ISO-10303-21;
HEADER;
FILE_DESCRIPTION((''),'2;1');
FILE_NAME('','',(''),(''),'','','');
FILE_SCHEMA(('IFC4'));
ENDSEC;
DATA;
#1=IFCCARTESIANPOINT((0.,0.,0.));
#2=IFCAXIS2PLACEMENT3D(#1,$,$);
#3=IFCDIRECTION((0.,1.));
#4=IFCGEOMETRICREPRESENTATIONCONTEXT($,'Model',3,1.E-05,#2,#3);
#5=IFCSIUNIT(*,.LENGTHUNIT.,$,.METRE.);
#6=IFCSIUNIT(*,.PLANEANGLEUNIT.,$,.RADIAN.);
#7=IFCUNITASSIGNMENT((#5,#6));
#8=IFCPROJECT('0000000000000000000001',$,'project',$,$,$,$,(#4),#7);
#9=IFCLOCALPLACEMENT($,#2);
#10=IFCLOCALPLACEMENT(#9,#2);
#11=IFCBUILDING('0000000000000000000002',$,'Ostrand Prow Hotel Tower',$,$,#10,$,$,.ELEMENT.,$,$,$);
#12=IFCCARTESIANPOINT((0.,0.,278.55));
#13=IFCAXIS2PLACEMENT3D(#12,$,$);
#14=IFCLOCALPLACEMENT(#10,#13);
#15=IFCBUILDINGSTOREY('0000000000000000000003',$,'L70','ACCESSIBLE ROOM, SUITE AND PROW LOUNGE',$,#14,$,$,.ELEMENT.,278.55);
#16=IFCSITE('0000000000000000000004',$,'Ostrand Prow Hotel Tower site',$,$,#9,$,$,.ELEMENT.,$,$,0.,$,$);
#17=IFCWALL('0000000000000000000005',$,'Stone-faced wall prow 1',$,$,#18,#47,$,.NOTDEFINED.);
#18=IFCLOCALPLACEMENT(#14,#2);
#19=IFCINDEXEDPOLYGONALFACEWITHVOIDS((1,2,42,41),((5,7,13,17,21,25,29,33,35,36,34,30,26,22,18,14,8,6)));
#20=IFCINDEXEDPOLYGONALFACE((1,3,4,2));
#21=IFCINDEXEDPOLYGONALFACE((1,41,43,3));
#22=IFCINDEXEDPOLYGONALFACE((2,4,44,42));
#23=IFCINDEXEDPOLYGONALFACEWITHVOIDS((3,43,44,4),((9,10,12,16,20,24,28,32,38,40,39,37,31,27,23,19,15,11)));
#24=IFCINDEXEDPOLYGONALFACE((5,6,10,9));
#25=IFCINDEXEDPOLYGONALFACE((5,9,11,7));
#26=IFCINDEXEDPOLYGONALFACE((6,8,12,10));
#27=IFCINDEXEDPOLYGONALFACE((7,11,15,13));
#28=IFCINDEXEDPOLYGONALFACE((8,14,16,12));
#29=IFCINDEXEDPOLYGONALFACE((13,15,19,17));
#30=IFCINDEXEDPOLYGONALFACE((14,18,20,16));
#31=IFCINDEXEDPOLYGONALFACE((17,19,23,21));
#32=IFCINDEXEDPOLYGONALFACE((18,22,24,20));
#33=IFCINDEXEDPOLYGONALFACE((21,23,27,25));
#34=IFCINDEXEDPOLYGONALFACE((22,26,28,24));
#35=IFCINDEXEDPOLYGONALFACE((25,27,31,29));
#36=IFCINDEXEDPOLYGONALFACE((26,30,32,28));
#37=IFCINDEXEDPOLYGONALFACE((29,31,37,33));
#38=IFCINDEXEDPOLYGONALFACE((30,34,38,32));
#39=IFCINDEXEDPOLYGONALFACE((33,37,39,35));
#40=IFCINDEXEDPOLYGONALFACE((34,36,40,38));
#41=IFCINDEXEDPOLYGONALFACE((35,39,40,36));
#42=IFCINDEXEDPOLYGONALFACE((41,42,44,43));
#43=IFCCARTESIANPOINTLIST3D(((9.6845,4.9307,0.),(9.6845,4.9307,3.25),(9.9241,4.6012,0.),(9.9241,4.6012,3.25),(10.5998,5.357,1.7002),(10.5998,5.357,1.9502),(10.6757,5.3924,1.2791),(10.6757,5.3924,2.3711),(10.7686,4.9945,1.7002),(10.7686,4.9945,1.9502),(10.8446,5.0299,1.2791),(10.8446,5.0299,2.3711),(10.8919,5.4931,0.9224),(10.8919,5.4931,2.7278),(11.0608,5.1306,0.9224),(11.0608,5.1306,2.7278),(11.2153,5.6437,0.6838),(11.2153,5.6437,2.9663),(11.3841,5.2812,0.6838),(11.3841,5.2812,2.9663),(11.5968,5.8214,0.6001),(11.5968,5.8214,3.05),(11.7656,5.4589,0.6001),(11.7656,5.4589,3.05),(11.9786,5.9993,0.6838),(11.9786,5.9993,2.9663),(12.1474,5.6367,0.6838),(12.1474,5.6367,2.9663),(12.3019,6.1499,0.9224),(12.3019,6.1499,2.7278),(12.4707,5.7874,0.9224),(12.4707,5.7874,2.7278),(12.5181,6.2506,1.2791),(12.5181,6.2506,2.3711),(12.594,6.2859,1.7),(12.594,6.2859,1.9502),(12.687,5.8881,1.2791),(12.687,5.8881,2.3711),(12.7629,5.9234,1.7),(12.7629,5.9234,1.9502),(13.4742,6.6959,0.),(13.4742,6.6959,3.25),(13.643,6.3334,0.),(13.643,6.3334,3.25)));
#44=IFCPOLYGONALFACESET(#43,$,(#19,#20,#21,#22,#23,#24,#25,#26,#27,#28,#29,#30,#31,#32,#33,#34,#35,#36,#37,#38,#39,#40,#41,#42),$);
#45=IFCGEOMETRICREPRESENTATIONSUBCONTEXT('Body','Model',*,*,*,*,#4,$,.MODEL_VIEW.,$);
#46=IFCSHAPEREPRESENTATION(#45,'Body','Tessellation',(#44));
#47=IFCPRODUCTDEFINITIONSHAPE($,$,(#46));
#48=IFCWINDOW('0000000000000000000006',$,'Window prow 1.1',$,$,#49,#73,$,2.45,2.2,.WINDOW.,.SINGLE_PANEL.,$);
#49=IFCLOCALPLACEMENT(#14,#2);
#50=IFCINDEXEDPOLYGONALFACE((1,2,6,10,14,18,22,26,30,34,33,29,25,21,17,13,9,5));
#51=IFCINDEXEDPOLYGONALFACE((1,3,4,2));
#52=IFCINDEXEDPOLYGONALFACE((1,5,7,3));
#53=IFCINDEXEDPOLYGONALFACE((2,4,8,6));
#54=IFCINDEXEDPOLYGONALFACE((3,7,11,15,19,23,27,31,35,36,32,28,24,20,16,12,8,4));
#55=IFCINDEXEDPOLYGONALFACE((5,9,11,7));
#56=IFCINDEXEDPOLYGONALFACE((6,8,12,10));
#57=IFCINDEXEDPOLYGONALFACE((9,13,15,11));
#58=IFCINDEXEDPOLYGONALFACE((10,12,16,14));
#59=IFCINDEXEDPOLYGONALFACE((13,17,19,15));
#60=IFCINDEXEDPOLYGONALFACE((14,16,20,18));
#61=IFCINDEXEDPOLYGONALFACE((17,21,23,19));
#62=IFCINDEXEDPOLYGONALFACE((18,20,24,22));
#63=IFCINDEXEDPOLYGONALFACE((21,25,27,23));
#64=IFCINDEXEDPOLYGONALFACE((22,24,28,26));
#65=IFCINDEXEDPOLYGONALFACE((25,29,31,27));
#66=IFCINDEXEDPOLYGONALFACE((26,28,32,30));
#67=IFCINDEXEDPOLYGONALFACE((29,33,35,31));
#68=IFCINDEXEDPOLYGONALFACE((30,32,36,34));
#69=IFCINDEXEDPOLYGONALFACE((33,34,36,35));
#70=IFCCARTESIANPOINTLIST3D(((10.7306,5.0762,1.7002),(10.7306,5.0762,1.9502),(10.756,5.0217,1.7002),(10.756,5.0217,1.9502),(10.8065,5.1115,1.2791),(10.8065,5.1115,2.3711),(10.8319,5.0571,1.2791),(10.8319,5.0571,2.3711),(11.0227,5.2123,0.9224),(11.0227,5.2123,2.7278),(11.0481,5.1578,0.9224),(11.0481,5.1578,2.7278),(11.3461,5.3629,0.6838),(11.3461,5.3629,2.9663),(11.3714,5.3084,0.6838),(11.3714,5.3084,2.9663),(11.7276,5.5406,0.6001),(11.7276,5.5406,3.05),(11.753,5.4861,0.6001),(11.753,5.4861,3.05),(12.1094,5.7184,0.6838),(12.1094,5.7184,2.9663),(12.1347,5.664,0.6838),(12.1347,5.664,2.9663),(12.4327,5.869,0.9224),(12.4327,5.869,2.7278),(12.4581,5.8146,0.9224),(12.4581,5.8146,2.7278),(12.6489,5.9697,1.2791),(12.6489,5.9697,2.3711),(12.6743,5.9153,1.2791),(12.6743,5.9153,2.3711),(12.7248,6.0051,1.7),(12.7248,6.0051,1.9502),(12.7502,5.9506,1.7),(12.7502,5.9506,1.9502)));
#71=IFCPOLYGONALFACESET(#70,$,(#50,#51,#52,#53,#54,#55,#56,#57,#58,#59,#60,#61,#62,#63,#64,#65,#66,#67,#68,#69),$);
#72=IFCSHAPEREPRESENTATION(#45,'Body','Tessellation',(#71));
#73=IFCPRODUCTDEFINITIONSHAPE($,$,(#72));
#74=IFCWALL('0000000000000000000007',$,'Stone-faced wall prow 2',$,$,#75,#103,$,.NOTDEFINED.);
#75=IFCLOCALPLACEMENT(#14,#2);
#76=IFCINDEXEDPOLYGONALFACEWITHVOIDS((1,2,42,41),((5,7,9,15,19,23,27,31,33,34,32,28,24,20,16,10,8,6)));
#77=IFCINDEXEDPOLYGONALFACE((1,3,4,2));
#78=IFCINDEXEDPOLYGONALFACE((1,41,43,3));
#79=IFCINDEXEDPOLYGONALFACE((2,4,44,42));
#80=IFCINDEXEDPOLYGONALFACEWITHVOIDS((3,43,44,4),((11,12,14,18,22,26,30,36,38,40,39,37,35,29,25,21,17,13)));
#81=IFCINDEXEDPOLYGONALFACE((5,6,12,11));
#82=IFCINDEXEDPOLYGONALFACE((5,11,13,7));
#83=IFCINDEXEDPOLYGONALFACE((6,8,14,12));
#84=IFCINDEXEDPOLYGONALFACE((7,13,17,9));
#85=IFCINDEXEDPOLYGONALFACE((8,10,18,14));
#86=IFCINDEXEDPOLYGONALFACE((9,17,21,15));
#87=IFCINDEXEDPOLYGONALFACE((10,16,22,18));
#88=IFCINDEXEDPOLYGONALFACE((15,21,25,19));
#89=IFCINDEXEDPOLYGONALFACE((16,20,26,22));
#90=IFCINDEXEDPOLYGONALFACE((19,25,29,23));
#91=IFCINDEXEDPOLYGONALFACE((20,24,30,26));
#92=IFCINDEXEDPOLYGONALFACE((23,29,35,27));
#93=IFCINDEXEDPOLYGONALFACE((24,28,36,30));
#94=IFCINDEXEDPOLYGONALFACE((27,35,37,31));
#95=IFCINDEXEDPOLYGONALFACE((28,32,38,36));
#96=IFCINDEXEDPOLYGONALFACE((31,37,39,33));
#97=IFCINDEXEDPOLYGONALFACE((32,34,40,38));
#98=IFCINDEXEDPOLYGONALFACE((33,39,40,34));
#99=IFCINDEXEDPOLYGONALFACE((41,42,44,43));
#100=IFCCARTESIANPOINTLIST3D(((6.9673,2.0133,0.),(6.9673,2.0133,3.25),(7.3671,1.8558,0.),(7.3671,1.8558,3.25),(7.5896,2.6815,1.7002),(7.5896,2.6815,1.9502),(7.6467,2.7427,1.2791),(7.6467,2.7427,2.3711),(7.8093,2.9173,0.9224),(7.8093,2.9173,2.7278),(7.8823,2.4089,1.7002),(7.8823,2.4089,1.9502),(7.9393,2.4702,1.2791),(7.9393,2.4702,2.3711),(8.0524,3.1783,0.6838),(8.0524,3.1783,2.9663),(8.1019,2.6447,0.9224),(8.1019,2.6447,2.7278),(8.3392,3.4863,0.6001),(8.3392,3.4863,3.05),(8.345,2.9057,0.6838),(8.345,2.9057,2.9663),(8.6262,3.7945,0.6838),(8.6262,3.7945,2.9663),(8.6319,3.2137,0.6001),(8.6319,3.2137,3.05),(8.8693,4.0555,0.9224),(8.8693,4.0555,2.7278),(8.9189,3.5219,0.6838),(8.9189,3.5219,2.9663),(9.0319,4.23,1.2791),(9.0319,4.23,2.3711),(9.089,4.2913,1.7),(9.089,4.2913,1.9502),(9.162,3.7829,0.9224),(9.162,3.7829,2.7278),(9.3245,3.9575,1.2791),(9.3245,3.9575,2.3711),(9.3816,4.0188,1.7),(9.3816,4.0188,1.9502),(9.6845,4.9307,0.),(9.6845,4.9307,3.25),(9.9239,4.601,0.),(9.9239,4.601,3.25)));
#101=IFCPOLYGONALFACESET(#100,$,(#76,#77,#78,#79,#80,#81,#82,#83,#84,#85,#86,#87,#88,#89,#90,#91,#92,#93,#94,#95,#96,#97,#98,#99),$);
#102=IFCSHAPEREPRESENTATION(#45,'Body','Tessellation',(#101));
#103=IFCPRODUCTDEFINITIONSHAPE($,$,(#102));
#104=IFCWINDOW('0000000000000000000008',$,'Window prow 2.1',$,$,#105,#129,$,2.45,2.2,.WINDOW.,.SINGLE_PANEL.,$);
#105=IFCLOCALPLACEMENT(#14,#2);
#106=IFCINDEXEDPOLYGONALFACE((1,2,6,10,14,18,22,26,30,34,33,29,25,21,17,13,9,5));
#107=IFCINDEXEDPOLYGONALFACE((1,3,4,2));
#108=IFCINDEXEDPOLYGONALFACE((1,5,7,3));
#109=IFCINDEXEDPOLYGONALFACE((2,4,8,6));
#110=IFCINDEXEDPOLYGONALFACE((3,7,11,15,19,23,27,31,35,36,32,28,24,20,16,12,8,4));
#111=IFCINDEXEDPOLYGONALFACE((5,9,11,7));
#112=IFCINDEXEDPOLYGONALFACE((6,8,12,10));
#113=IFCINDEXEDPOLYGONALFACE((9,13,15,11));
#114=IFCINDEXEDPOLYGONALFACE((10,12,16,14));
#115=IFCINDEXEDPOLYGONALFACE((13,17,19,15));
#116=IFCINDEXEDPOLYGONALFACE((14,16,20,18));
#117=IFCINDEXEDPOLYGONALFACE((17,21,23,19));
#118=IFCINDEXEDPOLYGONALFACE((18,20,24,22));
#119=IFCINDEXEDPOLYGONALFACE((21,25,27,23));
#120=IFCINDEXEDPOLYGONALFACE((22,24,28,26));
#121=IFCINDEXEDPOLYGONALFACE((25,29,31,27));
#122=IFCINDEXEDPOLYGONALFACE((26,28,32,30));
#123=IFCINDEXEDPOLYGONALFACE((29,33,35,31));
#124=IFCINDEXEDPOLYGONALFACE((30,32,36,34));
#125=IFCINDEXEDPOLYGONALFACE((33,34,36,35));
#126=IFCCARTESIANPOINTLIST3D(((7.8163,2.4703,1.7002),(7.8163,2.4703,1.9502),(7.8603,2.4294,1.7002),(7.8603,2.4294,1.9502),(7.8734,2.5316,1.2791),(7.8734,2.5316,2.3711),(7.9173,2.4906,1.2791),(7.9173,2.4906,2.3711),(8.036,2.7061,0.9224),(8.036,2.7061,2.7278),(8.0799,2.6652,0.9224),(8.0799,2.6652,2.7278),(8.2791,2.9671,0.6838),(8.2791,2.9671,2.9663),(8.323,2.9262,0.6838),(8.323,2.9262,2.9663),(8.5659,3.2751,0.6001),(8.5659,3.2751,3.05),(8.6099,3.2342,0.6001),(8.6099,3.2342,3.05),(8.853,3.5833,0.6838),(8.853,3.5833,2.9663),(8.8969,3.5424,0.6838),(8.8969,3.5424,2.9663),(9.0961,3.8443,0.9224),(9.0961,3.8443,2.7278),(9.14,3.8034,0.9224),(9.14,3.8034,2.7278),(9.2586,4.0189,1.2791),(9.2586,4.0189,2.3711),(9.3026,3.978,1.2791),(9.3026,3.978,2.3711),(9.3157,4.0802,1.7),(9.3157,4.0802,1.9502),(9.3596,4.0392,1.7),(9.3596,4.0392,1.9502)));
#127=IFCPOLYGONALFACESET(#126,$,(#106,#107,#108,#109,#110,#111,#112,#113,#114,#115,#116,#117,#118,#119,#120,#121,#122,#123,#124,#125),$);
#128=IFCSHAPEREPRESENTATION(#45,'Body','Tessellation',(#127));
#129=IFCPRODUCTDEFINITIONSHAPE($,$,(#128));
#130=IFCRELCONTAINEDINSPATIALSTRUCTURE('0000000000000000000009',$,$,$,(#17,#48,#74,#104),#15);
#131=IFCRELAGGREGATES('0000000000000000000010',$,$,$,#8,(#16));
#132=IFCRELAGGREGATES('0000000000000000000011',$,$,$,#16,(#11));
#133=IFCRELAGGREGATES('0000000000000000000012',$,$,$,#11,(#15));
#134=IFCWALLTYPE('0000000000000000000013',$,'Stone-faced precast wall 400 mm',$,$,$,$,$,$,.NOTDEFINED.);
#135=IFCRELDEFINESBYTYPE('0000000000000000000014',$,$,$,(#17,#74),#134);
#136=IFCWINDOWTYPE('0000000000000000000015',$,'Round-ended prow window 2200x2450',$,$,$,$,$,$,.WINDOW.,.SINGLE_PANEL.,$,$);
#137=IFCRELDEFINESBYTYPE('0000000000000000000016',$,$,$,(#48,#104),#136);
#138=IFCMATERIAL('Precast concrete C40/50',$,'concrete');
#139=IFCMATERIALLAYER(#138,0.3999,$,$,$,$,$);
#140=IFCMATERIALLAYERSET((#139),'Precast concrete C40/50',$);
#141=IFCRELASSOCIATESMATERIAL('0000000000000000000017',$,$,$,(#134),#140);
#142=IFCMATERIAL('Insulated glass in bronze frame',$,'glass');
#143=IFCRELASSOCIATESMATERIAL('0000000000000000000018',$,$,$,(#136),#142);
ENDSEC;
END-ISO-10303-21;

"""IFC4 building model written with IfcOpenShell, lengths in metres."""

from ifc_helpers import new_model, si_unit, direction, frame, origin, place, context, subcontext, project, spatial, polyline, outline, extrude, material, layer, layer_set, type_object, element, fill, save


model = new_model("IFC4")

# Units and contexts
model_context = context("Model", 3, precision=1e-05, world=origin(), true_north=direction((0.0, 1.0)))
body_context = subcontext(model_context, "Body", "Model", "MODEL_VIEW")
ifc_project = project(units=[si_unit("LENGTHUNIT", "METRE"), si_unit("PLANEANGLEUNIT", "RADIAN")], contexts=[model_context])

# Site, building, storey
site_placement = place(None, origin())
site = spatial("IfcSite", under=ifc_project, at=site_placement, Name="Ostrand Prow Hotel Tower site", CompositionType="ELEMENT", RefElevation=0.0)
building_placement = place(site_placement, origin())
building = spatial("IfcBuilding", under=site, at=building_placement, Name="Ostrand Prow Hotel Tower", CompositionType="ELEMENT")
storey_placement = place(building_placement, frame((0.0, 0.0, 278.55)))
storey = spatial("IfcBuildingStorey", under=building, at=storey_placement, Name="L70", Description="ACCESSIBLE ROOM, SUITE AND PROW LOUNGE", CompositionType="ELEMENT", Elevation=278.55)

# Walls, openings, windows
ifc_material_1 = material(Name="Precast concrete C40/50", Category="concrete")
ifc_layer_1 = layer(ifc_material_1, 0.3999)
ifc_layer_set_1 = layer_set([ifc_layer_1], Name="Precast concrete C40/50")
wall_type_1 = type_object("IfcWallType", Name="Stone-faced precast wall 400 mm", PredefinedType="NOTDEFINED", material=ifc_layer_set_1)
wall_1_placement = place(storey_placement, frame((13.5586, 6.5146, 0.0), z_axis=(0.0, 0.0, 1.0), x_axis=(-0.906486, -0.422237, 0.0)))
wall_1 = element("IfcWall", 1, at=wall_1_placement, inside=storey, type_object=wall_type_1, Name="Stone-faced wall prow 1", PredefinedType="NOTDEFINED", context=body_context, shape_type="SweptSolid", body=[
    extrude(outline(polyline([(0.0, -0.2), (4.1807, -0.2), (4.1025, 0.2), (0.0, 0.2), (0.0, -0.2)])), origin(), (0.0, 0.0, 1.0), 3.25),
])
opening_1_placement = place(wall_1_placement, frame((0.9709, 0.0, 0.6001)))
opening_1 = element("IfcOpeningElement", 2, at=opening_1_placement, cuts=wall_1, PredefinedType="OPENING", context=body_context, shape_type="SweptSolid", body=[
    extrude(outline(polyline([(0.0, 1.3501), (0.0837, 1.771), (0.3223, 2.1277), (0.679, 2.3662), (1.1001, 2.45), (1.521, 2.3662), (1.8777, 2.1277), (2.1162, 1.771), (2.2, 1.3501), (2.2, 1.1001), (2.1162, 0.679), (1.8777, 0.3223), (1.521, 0.0837), (1.1001, 0.0), (0.679, 0.0837), (0.3223, 0.3223), (0.0837, 0.679), (0.0, 1.0999), (0.0, 1.3501)])), frame((0.0, 0.21, 0.0), z_axis=(0.0, -1.0, 0.0), x_axis=(1.0, 0.0, 0.0)), (0.0, 0.0, 1.0), 0.4199),
])
ifc_material_2 = material(Name="Insulated glass in bronze frame", Category="glass")
window_type = type_object("IfcWindowType", Name="Round-ended prow window 2200x2450", PartitioningType="SINGLE_PANEL", PredefinedType="WINDOW", material=ifc_material_2)
window_1_placement = place(opening_1_placement, origin())
window_1 = element("IfcWindow", 3, at=window_1_placement, inside=storey, type_object=window_type, Name="Window prow 1.1", OverallHeight=2.45, OverallWidth=2.2, PartitioningType="SINGLE_PANEL", PredefinedType="WINDOW", context=body_context, shape_type="SweptSolid", body=[
    extrude(outline(polyline([(0.0, 1.3501), (0.0837, 1.771), (0.3223, 2.1277), (0.679, 2.3662), (1.1001, 2.45), (1.521, 2.3662), (1.8777, 2.1277), (2.1162, 1.771), (2.2, 1.3501), (2.2, 1.1001), (2.1162, 0.679), (1.8777, 0.3223), (1.521, 0.0837), (1.1001, 0.0), (0.679, 0.0837), (0.3223, 0.3223), (0.0837, 0.679), (0.0, 1.0999), (0.0, 1.3501)])), frame((0.0, 0.1699, 0.0), z_axis=(0.0, -1.0, 0.0), x_axis=(1.0, 0.0, 0.0)), (0.0, 0.0, 1.0), 0.0601),
])
fill(opening_1, window_1)
wall_2_placement = place(storey_placement, frame((9.8042, 4.7659, 0.0), z_axis=(0.0, 0.0, 1.0), x_axis=(-0.681547, -0.731775, 0.0)))
wall_2 = element("IfcWall", 4, at=wall_2_placement, inside=storey, type_object=wall_type_1, Name="Stone-faced wall prow 2", PredefinedType="NOTDEFINED", context=body_context, shape_type="SweptSolid", body=[
    extrude(outline(polyline([(-0.0391, -0.2), (3.9478, -0.2), (3.7905, 0.2), (0.0391, 0.2), (-0.0391, -0.2)])), origin(), (0.0, 0.0, 1.0), 3.25),
])
opening_2_placement = place(wall_2_placement, frame((0.8347, 0.0, 0.6001)))
opening_2 = element("IfcOpeningElement", 5, at=opening_2_placement, cuts=wall_2, PredefinedType="OPENING", context=body_context, shape_type="SweptSolid", body=[
    extrude(outline(polyline([(0.0, 1.3501), (0.0837, 1.771), (0.3223, 2.1277), (0.679, 2.3662), (1.1001, 2.45), (1.521, 2.3662), (1.8777, 2.1277), (2.1162, 1.771), (2.2, 1.3501), (2.2, 1.1001), (2.1162, 0.679), (1.8777, 0.3223), (1.521, 0.0837), (1.1001, 0.0), (0.679, 0.0837), (0.3223, 0.3223), (0.0837, 0.679), (0.0, 1.0999), (0.0, 1.3501)])), frame((0.0, 0.21, 0.0), z_axis=(0.0, -1.0, 0.0), x_axis=(1.0, 0.0, 0.0)), (0.0, 0.0, 1.0), 0.4199),
])
window_2_placement = place(opening_2_placement, origin())
window_2 = element("IfcWindow", 6, at=window_2_placement, inside=storey, type_object=window_type, Name="Window prow 2.1", OverallHeight=2.45, OverallWidth=2.2, PartitioningType="SINGLE_PANEL", PredefinedType="WINDOW", context=body_context, shape_type="SweptSolid", body=[
    extrude(outline(polyline([(0.0, 1.3501), (0.0837, 1.771), (0.3223, 2.1277), (0.679, 2.3662), (1.1001, 2.45), (1.521, 2.3662), (1.8777, 2.1277), (2.1162, 1.771), (2.2, 1.3501), (2.2, 1.1001), (2.1162, 0.679), (1.8777, 0.3223), (1.521, 0.0837), (1.1001, 0.0), (0.679, 0.0837), (0.3223, 0.3223), (0.0837, 0.679), (0.0, 1.0999), (0.0, 1.3501)])), frame((0.0, 0.1699, 0.0), z_axis=(0.0, -1.0, 0.0), x_axis=(1.0, 0.0, 0.0)), (0.0, 0.0, 1.0), 0.0601),
])
fill(opening_2, window_2)

save(model, "model.ifc")
